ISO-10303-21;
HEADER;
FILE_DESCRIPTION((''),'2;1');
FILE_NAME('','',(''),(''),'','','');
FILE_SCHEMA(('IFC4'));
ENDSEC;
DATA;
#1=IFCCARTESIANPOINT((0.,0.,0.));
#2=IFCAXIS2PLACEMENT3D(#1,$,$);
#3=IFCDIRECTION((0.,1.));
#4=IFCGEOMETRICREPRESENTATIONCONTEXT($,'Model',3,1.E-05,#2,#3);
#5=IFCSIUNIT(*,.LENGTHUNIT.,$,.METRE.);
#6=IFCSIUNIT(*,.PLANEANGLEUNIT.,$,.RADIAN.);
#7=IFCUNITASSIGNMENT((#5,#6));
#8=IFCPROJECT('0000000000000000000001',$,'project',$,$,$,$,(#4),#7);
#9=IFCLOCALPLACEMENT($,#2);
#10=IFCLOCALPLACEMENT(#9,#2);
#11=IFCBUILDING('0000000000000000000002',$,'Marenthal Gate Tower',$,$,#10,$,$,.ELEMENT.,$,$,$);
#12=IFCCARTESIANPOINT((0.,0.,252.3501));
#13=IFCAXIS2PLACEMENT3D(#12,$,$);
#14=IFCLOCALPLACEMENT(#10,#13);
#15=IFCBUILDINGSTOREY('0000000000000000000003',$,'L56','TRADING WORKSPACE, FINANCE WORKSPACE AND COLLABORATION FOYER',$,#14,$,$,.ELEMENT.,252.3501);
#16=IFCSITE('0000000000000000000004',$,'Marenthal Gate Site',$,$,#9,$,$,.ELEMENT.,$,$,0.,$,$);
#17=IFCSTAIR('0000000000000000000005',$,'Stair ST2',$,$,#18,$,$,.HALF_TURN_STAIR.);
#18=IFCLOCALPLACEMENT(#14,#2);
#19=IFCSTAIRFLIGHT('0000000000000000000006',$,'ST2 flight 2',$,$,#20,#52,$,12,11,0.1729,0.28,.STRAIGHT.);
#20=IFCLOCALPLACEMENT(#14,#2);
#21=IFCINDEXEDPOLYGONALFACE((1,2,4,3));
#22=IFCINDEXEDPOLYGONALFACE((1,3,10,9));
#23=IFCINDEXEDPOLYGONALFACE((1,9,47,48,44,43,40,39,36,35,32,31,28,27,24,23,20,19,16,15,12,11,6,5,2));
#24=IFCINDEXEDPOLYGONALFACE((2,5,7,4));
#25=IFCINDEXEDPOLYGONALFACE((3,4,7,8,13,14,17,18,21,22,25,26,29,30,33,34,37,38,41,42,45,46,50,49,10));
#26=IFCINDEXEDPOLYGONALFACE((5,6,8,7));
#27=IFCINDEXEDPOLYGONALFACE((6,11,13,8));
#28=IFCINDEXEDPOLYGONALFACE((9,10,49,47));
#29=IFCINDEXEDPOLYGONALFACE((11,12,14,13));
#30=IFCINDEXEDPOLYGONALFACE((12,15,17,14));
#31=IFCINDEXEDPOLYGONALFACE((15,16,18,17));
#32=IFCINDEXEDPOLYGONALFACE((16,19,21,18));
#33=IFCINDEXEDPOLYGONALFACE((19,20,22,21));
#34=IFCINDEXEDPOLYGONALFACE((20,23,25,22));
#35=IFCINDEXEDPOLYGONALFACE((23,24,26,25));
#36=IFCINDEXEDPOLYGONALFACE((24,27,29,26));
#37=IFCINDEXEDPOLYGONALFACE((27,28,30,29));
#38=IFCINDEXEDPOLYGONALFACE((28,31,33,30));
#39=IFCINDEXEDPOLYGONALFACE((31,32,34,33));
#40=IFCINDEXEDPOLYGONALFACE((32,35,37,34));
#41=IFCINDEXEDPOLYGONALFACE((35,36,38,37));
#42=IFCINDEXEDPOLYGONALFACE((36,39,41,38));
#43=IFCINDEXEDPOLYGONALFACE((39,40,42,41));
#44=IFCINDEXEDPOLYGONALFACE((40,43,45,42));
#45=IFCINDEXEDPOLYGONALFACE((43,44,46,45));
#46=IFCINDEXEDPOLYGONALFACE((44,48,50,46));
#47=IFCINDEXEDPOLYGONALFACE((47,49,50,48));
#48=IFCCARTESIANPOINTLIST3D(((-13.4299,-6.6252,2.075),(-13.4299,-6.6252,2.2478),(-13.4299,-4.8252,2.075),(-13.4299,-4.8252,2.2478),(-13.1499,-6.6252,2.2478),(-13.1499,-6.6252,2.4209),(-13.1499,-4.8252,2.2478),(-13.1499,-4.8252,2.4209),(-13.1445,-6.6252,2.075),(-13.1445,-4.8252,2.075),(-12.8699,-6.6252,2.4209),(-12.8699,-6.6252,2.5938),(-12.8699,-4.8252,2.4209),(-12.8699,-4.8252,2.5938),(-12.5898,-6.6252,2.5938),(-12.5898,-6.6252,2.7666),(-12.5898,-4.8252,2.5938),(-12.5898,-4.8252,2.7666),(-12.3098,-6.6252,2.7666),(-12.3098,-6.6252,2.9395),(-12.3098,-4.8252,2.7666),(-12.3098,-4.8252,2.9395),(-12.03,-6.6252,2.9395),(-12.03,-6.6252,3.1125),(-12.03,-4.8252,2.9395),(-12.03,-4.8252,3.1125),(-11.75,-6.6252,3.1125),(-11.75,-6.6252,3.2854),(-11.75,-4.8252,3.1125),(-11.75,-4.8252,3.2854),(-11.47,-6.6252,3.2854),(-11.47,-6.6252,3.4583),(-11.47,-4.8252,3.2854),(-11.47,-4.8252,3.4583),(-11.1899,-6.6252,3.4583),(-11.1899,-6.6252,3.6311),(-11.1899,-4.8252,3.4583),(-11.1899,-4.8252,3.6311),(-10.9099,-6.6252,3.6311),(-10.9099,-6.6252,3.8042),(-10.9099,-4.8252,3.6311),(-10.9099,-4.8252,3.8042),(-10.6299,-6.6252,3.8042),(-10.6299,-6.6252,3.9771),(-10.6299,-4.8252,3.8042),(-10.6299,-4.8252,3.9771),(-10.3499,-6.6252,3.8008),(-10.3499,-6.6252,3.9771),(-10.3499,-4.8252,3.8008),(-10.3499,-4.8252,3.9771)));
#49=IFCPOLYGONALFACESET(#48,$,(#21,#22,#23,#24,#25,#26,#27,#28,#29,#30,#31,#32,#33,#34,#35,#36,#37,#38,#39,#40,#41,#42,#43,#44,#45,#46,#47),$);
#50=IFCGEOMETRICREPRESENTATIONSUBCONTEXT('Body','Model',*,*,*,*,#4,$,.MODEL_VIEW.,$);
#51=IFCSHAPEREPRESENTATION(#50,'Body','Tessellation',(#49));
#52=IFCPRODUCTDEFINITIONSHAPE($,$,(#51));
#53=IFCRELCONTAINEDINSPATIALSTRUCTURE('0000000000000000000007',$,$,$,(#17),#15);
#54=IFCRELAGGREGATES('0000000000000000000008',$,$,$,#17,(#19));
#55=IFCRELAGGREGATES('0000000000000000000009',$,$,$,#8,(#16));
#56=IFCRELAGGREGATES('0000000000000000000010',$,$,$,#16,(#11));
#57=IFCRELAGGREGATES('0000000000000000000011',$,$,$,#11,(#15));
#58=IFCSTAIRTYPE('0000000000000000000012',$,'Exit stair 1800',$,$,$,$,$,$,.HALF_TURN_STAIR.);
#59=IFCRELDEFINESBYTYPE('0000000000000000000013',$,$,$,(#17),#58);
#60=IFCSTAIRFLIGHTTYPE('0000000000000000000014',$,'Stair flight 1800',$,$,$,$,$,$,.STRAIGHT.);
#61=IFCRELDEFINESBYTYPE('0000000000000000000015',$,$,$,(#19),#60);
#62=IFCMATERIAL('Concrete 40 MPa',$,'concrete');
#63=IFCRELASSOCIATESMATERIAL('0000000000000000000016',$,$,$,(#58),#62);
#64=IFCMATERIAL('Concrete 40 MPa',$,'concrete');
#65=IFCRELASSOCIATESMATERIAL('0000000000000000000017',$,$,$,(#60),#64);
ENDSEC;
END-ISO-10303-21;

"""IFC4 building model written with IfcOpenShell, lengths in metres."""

from ifc_helpers import new_model, si_unit, direction, frame, origin, place, context, subcontext, project, spatial, polyline, outline, extrude, material, type_object, element, aggregate, save


model = new_model("IFC4")

# Units and contexts
model_context = context("Model", 3, precision=1e-05, world=origin(), true_north=direction((0.0, 1.0)))
body_context = subcontext(model_context, "Body", "Model", "MODEL_VIEW")
ifc_project = project(units=[si_unit("LENGTHUNIT", "METRE"), si_unit("PLANEANGLEUNIT", "RADIAN")], contexts=[model_context])

# Site, building, storey
site_placement = place(None, origin())
site = spatial("IfcSite", under=ifc_project, at=site_placement, Name="Marenthal Gate Site", CompositionType="ELEMENT", RefElevation=0.0)
building_placement = place(site_placement, origin())
building = spatial("IfcBuilding", under=site, at=building_placement, Name="Marenthal Gate Tower", CompositionType="ELEMENT")
storey_placement = place(building_placement, frame((0.0, 0.0, 252.3501)))
storey = spatial("IfcBuildingStorey", under=building, at=storey_placement, Name="L56", Description="TRADING WORKSPACE, FINANCE WORKSPACE AND COLLABORATION FOYER", CompositionType="ELEMENT", Elevation=252.3501)

# Stair, stair flight
ifc_material_1 = material(Name="Concrete 40 MPa", Category="concrete")
stair_type = type_object("IfcStairType", Name="Exit stair 1800", PredefinedType="HALF_TURN_STAIR", material=ifc_material_1)
stair_placement = place(storey_placement, origin())
stair = element("IfcStair", 1, at=stair_placement, inside=storey, type_object=stair_type, Name="Stair ST2", PredefinedType="HALF_TURN_STAIR")
ifc_material_2 = material(Name="Concrete 40 MPa", Category="concrete")
stair_flight_type = type_object("IfcStairFlightType", Name="Stair flight 1800", PredefinedType="STRAIGHT", material=ifc_material_2)
stair_flight_1_placement = place(storey_placement, frame((-13.4299, -5.7251, 2.075), z_axis=(0.0, 0.0, 1.0), x_axis=(1.0, 0.0, 0.0)))
stair_flight_1 = element("IfcStairFlight", 2, at=stair_flight_1_placement, type_object=stair_flight_type, Name="ST2 flight 2", NumberOfRisers=12, NumberOfTreads=11, PredefinedType="STRAIGHT", RiserHeight=0.1729, TreadLength=0.28, context=body_context, shape_type="SweptSolid", body=[
    extrude(outline(polyline([(0.0, 0.0), (0.0, 0.1729), (0.28, 0.1729), (0.28, 0.3459), (0.5601, 0.3459), (0.5601, 0.5188), (0.8401, 0.5188), (0.8401, 0.6917), (1.1201, 0.6917), (1.1201, 0.8645), (1.3999, 0.8645), (1.3999, 1.0376), (1.6799, 1.0376), (1.6799, 1.2104), (1.96, 1.2104), (1.96, 1.3833), (2.24, 1.3833), (2.24, 1.5562), (2.52, 1.5562), (2.52, 1.7292), (2.8, 1.7292), (2.8, 1.9021), (3.0801, 1.9021), (3.0801, 2.075), (3.0801, 1.7258), (0.2854, 0.0), (0.0, 0.0)])), frame((0.0, 0.8999, 0.0), z_axis=(0.0, -1.0, 0.0), x_axis=(1.0, 0.0, 0.0)), (0.0, 0.0, 1.0), 1.8),
])
aggregate(stair, [stair_flight_1])

save(model, "model.ifc")
